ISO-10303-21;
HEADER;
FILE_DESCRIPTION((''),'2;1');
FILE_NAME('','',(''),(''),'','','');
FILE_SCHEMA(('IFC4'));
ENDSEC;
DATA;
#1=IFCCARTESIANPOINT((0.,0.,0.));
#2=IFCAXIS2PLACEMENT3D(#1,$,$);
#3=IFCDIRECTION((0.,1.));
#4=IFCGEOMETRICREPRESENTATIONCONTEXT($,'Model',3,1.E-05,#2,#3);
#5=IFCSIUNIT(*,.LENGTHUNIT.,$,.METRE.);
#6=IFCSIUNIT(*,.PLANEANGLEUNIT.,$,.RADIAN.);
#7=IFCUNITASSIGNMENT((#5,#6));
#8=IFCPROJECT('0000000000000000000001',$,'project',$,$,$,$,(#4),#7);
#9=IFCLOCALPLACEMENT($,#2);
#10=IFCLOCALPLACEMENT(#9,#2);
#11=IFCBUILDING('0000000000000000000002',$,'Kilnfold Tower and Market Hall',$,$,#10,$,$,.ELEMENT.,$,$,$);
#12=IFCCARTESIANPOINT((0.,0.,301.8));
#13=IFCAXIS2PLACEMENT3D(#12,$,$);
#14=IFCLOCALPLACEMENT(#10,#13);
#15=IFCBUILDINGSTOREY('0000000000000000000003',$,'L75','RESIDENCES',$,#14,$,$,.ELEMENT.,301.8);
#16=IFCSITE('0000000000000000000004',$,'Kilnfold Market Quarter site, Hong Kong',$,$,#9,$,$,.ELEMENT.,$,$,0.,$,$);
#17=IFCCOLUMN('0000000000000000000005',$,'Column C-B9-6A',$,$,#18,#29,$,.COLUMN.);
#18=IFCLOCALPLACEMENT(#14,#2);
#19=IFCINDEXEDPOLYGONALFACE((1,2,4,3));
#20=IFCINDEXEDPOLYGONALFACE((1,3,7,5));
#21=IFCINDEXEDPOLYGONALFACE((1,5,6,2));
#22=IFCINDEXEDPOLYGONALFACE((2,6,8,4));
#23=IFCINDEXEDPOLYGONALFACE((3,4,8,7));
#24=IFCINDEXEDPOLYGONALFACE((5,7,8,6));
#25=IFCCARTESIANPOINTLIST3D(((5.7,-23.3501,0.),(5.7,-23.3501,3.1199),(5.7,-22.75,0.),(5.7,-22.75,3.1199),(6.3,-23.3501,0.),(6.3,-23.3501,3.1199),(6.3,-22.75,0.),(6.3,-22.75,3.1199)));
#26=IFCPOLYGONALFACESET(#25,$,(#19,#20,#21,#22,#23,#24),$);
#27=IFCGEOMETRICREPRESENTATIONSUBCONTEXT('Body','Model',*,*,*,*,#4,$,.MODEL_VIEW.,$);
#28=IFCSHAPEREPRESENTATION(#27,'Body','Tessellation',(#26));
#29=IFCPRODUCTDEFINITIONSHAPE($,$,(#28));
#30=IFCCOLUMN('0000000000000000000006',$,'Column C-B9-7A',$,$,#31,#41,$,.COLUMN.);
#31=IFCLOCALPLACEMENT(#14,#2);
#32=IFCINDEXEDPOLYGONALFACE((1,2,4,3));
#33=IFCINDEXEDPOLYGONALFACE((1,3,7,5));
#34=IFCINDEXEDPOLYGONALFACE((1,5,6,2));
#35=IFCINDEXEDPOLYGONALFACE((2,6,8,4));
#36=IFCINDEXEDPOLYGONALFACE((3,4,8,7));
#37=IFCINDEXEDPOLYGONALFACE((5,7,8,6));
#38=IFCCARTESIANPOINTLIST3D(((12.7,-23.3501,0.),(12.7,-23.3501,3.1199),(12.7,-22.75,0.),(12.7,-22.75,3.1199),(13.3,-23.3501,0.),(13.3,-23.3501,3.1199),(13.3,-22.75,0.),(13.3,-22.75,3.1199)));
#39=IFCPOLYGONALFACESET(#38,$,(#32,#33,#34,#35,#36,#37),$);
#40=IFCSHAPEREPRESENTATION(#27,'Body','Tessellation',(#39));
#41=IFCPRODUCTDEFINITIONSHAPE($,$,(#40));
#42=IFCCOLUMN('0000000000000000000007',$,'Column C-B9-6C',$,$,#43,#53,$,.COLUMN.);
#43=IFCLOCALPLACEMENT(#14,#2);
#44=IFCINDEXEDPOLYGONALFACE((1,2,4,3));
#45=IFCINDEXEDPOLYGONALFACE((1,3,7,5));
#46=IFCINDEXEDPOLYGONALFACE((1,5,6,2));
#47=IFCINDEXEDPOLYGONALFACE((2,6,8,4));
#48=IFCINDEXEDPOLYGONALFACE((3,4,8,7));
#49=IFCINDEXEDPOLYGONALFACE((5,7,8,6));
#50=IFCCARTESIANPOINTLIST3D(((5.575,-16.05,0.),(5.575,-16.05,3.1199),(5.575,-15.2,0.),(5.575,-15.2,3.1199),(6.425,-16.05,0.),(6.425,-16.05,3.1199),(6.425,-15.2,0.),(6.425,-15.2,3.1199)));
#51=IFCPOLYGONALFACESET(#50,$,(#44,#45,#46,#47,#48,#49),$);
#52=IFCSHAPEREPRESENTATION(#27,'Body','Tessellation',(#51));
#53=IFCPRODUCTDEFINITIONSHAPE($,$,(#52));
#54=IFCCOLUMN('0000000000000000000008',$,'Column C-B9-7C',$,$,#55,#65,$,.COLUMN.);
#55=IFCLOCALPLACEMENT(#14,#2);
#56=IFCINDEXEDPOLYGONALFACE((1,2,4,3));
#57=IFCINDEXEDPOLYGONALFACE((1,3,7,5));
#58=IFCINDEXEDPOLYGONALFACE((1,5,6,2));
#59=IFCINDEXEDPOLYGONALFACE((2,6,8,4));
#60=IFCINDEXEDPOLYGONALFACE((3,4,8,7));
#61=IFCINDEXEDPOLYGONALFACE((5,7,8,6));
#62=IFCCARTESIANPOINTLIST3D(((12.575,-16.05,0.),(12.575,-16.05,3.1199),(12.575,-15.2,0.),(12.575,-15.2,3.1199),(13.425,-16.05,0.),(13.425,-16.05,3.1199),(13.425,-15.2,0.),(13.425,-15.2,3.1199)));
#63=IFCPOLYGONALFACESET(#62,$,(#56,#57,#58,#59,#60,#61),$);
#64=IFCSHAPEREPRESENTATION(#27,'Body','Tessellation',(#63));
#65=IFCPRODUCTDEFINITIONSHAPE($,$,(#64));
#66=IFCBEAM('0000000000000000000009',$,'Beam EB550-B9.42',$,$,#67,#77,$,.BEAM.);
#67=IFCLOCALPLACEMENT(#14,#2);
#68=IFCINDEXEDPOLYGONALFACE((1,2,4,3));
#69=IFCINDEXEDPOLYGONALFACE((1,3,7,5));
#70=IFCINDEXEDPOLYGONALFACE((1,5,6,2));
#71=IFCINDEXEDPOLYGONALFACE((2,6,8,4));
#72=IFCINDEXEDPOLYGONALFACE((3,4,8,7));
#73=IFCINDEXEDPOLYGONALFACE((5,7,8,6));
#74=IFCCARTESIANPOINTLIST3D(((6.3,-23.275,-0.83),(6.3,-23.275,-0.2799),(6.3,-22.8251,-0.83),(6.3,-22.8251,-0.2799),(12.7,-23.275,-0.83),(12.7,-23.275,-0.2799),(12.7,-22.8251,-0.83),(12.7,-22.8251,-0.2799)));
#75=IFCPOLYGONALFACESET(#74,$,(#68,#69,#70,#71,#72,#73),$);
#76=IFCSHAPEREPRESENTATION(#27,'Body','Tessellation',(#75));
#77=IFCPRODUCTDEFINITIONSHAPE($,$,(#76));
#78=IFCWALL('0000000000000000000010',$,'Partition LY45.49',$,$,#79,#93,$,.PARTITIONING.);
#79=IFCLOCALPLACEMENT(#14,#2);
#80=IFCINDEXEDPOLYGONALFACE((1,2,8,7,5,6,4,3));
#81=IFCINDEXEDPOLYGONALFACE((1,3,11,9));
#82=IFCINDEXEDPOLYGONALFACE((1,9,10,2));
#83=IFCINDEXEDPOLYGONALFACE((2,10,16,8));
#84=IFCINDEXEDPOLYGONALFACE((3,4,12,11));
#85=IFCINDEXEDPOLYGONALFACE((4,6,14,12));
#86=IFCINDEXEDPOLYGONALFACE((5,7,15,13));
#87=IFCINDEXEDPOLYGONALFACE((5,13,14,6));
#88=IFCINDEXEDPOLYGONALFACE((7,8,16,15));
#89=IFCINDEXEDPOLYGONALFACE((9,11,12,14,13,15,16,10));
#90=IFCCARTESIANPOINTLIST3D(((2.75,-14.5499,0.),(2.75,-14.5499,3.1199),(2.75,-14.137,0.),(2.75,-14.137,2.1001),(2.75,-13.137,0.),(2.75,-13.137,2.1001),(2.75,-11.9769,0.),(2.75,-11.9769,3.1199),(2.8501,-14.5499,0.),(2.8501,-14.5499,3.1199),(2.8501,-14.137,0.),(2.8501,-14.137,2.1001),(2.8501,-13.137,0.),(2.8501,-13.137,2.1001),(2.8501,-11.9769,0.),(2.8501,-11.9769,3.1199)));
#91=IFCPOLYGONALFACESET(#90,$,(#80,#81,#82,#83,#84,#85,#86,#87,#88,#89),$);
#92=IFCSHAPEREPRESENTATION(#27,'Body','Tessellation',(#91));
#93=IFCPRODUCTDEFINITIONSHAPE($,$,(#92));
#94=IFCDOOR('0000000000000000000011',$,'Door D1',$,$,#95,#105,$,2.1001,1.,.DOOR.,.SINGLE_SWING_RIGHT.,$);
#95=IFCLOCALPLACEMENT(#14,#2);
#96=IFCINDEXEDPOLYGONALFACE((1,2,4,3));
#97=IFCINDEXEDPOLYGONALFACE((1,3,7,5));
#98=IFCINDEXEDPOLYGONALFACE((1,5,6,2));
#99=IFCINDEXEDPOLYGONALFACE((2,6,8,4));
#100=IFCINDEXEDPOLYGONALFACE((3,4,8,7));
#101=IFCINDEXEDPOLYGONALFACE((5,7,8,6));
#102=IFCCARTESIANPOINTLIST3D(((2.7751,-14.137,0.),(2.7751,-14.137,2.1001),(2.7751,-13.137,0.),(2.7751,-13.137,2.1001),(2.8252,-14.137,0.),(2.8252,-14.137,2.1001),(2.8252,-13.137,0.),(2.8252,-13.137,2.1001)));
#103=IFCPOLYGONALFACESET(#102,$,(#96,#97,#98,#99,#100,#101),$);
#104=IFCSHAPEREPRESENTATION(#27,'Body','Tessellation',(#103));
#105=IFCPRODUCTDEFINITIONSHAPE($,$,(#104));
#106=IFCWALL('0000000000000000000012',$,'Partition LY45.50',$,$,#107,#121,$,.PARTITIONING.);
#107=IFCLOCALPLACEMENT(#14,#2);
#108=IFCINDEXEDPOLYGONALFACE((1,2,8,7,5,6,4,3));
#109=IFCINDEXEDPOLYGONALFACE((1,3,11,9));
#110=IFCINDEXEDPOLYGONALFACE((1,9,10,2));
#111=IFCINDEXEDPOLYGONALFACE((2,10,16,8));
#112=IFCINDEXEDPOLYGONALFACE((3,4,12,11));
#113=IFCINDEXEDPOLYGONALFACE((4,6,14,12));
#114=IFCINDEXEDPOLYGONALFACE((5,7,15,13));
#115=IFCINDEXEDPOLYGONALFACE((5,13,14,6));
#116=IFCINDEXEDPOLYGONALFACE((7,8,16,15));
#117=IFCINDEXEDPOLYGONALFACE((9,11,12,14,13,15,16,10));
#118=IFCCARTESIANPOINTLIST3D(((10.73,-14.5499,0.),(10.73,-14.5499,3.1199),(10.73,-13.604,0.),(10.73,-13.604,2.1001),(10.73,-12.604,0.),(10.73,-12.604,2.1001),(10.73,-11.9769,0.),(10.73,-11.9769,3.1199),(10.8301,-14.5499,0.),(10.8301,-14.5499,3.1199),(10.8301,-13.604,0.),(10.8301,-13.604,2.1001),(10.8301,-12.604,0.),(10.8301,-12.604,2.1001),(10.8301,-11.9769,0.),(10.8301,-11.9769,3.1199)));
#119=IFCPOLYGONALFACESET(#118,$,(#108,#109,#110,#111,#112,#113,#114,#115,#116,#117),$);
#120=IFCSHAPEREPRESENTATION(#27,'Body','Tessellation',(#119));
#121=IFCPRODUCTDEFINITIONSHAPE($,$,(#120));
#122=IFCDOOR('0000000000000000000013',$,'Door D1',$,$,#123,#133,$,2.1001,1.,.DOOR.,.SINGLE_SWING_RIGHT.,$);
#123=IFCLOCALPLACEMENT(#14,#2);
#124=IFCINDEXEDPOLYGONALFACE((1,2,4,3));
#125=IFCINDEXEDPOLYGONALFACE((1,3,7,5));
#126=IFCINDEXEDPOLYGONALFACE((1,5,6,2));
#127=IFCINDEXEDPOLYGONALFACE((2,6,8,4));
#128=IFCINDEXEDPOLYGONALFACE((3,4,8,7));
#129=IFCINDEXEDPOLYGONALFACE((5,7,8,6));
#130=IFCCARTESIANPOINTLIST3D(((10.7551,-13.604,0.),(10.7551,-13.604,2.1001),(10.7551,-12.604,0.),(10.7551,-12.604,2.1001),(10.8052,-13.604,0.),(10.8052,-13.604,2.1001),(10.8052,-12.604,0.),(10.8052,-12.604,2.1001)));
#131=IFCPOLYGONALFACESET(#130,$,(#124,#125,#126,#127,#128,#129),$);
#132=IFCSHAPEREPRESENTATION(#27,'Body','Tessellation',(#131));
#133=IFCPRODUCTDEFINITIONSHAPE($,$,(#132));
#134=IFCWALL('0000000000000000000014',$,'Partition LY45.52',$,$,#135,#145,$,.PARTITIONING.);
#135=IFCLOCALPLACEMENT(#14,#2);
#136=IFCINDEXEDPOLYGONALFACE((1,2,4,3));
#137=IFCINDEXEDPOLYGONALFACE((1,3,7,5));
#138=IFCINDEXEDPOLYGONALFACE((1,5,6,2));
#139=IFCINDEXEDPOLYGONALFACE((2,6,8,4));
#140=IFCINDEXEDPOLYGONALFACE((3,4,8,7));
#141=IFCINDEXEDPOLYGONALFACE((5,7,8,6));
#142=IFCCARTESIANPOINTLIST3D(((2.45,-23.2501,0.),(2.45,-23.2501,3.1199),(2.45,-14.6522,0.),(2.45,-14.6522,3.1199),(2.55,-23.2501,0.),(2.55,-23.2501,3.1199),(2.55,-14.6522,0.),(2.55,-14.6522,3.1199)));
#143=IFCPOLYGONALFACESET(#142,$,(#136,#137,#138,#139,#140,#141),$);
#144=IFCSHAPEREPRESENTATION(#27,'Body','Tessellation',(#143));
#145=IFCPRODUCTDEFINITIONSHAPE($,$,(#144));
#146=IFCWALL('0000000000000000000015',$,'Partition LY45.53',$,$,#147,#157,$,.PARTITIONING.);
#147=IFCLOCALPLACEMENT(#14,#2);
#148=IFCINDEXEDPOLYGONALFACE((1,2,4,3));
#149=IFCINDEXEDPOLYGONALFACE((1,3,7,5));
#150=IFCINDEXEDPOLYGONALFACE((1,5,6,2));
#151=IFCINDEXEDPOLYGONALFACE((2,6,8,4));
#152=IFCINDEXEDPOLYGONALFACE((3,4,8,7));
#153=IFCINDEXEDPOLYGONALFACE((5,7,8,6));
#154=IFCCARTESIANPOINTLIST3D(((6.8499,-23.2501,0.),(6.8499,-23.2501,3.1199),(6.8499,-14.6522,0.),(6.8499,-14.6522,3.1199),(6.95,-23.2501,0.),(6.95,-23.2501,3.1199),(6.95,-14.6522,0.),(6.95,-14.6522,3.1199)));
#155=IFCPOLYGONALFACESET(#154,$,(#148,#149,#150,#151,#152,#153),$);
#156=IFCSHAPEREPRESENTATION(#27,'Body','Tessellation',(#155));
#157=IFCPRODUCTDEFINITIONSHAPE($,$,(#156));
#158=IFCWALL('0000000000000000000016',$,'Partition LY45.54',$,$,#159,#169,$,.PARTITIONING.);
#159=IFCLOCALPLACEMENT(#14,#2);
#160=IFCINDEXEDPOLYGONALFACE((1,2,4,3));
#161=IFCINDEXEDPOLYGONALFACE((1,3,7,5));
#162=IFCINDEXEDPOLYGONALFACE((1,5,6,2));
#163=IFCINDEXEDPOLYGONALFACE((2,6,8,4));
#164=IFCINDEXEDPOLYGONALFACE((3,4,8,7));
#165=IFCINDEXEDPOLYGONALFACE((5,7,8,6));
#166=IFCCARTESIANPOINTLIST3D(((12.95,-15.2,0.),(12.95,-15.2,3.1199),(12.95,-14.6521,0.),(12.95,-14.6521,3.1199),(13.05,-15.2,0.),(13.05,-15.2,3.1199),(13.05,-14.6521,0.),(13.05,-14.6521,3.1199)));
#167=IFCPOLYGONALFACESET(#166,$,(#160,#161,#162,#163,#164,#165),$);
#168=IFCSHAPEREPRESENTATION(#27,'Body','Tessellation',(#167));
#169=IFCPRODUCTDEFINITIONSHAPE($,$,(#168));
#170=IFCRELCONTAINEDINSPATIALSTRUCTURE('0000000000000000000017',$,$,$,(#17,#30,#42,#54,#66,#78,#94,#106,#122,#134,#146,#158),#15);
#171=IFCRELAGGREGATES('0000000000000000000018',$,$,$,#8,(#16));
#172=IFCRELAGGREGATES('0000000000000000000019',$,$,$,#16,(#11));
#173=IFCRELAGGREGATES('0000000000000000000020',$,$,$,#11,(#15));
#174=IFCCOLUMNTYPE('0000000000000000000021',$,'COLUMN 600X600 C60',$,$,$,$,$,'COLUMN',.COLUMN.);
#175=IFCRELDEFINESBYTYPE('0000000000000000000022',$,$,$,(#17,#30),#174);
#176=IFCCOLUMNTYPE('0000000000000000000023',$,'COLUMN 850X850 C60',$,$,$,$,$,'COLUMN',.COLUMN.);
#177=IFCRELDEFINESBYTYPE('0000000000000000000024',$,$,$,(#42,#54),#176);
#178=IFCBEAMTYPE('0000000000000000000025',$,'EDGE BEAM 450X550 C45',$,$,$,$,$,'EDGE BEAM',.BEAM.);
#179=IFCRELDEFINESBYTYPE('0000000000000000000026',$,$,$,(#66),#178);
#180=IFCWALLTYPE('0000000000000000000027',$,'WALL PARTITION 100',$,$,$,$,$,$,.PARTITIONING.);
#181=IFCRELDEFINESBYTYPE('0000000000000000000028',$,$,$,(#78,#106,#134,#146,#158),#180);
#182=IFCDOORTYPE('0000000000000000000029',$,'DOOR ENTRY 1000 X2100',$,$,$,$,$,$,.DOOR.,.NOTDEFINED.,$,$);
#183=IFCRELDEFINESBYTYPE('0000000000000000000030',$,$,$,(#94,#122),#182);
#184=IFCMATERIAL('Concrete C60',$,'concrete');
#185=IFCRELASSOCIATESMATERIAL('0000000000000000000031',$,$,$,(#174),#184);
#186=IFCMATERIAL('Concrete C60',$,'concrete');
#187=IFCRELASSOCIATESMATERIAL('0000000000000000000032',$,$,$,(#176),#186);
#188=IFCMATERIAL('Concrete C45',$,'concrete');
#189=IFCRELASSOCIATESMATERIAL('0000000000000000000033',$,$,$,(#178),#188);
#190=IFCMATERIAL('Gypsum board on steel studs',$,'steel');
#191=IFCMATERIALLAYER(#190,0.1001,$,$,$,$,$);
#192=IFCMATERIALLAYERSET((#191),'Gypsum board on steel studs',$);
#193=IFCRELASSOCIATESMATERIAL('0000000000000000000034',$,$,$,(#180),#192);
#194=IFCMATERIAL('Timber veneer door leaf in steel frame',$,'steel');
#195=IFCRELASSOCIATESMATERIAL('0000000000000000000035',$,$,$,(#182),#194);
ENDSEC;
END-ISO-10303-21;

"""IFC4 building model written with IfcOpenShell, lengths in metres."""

from ifc_helpers import new_model, si_unit, direction, frame, frame_2d, origin, origin_2d, place, context, subcontext, project, spatial, rectangle, extrude, source, transform, mapped, material, layer, layer_set, material_profile, profile_set, type_object, element, fill, save


model = new_model("IFC4")

# Units and contexts
model_context = context("Model", 3, precision=1e-05, world=origin(), true_north=direction((0.0, 1.0)))
body_context = subcontext(model_context, "Body", "Model", "MODEL_VIEW")
ifc_project = project(units=[si_unit("LENGTHUNIT", "METRE"), si_unit("PLANEANGLEUNIT", "RADIAN")], contexts=[model_context])

# Site, building, storey
site_placement = place(None, origin())
site = spatial("IfcSite", under=ifc_project, at=site_placement, Name="Kilnfold Market Quarter site, Hong Kong", CompositionType="ELEMENT", RefElevation=0.0)
building_placement = place(site_placement, origin())
building = spatial("IfcBuilding", under=site, at=building_placement, Name="Kilnfold Tower and Market Hall", CompositionType="ELEMENT")
storey_placement = place(building_placement, frame((0.0, 0.0, 301.8)))
storey = spatial("IfcBuildingStorey", under=building, at=storey_placement, Name="L75", Description="RESIDENCES", CompositionType="ELEMENT", Elevation=301.8)

# Columns
ifc_material_1 = material(Name="Concrete C60", Category="concrete")
ifc_material_profile_1 = material_profile(ifc_material_1, rectangle(XDim=0.6001, YDim=0.6001, at=origin_2d()), Name="RC 600x600")
ifc_profile_set_1 = profile_set([ifc_material_profile_1], Name="Concrete C60")
column_type_1 = type_object("IfcColumnType", Name="COLUMN 600X600 C60", ElementType="COLUMN", PredefinedType="COLUMN", material=ifc_profile_set_1)
shared_shape_1 = source(origin(), body_context, "Body", "SweptSolid", [
    extrude(rectangle(XDim=0.6001, YDim=0.6001, at=origin_2d()), origin(), (0.0, 0.0, 1.0), 3.1199),
])
for number, where, z_axis, x_axis, name in (
    (1, (6.0, -23.05, 0.0), (0.0, 0.0, 1.0), (1.0, 0.0, 0.0), "Column C-B9-6A"),
    (2, (13.0, -23.05, 0.0), (0.0, 0.0, 1.0), (1.0, 0.0, 0.0), "Column C-B9-7A"),
):
    element("IfcColumn", number, at=place(storey_placement, frame(where, z_axis=z_axis, x_axis=x_axis)), inside=storey, type_object=column_type_1, Name=name, PredefinedType="COLUMN", context=body_context, shape_type="MappedRepresentation", body=[
        mapped(shared_shape_1, transform((0.0, 0.0, 0.0))),
    ])
ifc_material_2 = material(Name="Concrete C60", Category="concrete")
ifc_material_profile_2 = material_profile(ifc_material_2, rectangle(XDim=0.8501, YDim=0.8501, at=origin_2d()), Name="RC 850x850")
ifc_profile_set_2 = profile_set([ifc_material_profile_2], Name="Concrete C60")
column_type_2 = type_object("IfcColumnType", Name="COLUMN 850X850 C60", ElementType="COLUMN", PredefinedType="COLUMN", material=ifc_profile_set_2)
shared_shape_2 = source(origin(), body_context, "Body", "SweptSolid", [
    extrude(rectangle(XDim=0.8501, YDim=0.8501, at=origin_2d()), origin(), (0.0, 0.0, 1.0), 3.1199),
])
for number, where, z_axis, x_axis, name in (
    (3, (6.0, -15.625, 0.0), (0.0, 0.0, 1.0), (1.0, 0.0, 0.0), "Column C-B9-6C"),
    (4, (13.0, -15.625, 0.0), (0.0, 0.0, 1.0), (1.0, 0.0, 0.0), "Column C-B9-7C"),
):
    element("IfcColumn", number, at=place(storey_placement, frame(where, z_axis=z_axis, x_axis=x_axis)), inside=storey, type_object=column_type_2, Name=name, PredefinedType="COLUMN", context=body_context, shape_type="MappedRepresentation", body=[
        mapped(shared_shape_2, transform((0.0, 0.0, 0.0))),
    ])

# Beam
ifc_material_3 = material(Name="Concrete C45", Category="concrete")
ifc_material_profile_3 = material_profile(ifc_material_3, rectangle(XDim=0.45, YDim=0.55, at=origin_2d()), Name="RC 450x550")
ifc_profile_set_3 = profile_set([ifc_material_profile_3], Name="Concrete C45")
beam_type = type_object("IfcBeamType", Name="EDGE BEAM 450X550 C45", ElementType="EDGE BEAM", PredefinedType="BEAM", material=ifc_profile_set_3)
shared_shape_3 = source(origin(), body_context, "Body", "SweptSolid", [
    extrude(rectangle(XDim=0.45, YDim=0.55, at=origin_2d()), origin(), (0.0, 0.0, 1.0), 6.3999),
])
beam_placement = place(storey_placement, frame((6.3, -23.05, -0.5549), z_axis=(1.0, 0.0, 0.0), x_axis=(0.0, 1.0, 0.0)))
element("IfcBeam", 5, at=beam_placement, inside=storey, type_object=beam_type, Name="Beam EB550-B9.42", PredefinedType="BEAM", context=body_context, shape_type="MappedRepresentation", body=[
    mapped(shared_shape_3, transform((0.0, 0.0, 0.0))),
])

# Walls, openings, doors
ifc_material_4 = material(Name="Gypsum board on steel studs", Category="steel")
ifc_layer_1 = layer(ifc_material_4, 0.1001)
ifc_layer_set_1 = layer_set([ifc_layer_1], Name="Gypsum board on steel studs")
wall_type_1 = type_object("IfcWallType", Name="WALL PARTITION 100", PredefinedType="PARTITIONING", material=ifc_layer_set_1)
wall_1_placement = place(storey_placement, frame((2.8, -14.55, 0.0), z_axis=(0.0, 0.0, 1.0), x_axis=(0.0, 1.0, 0.0)))
wall_1 = element("IfcWall", 6, at=wall_1_placement, inside=storey, type_object=wall_type_1, Name="Partition LY45.49", PredefinedType="PARTITIONING", context=body_context, shape_type="SweptSolid", body=[
    extrude(rectangle(XDim=2.573, YDim=0.1001, at=frame_2d((1.2866, 0.0))), origin(), (0.0, 0.0, 1.0), 3.1199),
])
opening_1_placement = place(wall_1_placement, frame((0.4131, 0.0, 0.0)))
opening_1 = element("IfcOpeningElement", 7, at=opening_1_placement, cuts=wall_1, PredefinedType="OPENING", context=body_context, shape_type="SweptSolid", body=[
    extrude(rectangle(XDim=1.0, YDim=2.1001, at=frame_2d((0.5, 1.05))), frame((0.0, 0.0601, 0.0), z_axis=(0.0, -1.0, 0.0), x_axis=(1.0, 0.0, 0.0)), (0.0, 0.0, 1.0), 0.1201),
])
ifc_material_5 = material(Name="Timber veneer door leaf in steel frame", Category="steel")
door_type_1 = type_object("IfcDoorType", Name="DOOR ENTRY 1000 X2100", OperationType="NOTDEFINED", PredefinedType="DOOR", material=ifc_material_5)
door_1_placement = place(opening_1_placement, origin())
door_1 = element("IfcDoor", 8, at=door_1_placement, inside=storey, type_object=door_type_1, Name="Door D1", OperationType="SINGLE_SWING_RIGHT", OverallHeight=2.1001, OverallWidth=1.0, PredefinedType="DOOR", context=body_context, shape_type="SweptSolid", body=[
    extrude(rectangle(XDim=1.0, YDim=2.1001, at=frame_2d((0.5, 1.05))), frame((0.0, 0.0249, 0.0), z_axis=(0.0, -1.0, 0.0), x_axis=(1.0, 0.0, 0.0)), (0.0, 0.0, 1.0), 0.05),
])
fill(opening_1, door_1)
wall_2_placement = place(storey_placement, frame((10.78, -14.55, 0.0), z_axis=(0.0, 0.0, 1.0), x_axis=(0.0, 1.0, 0.0)))
wall_2 = element("IfcWall", 9, at=wall_2_placement, inside=storey, type_object=wall_type_1, Name="Partition LY45.50", PredefinedType="PARTITIONING", context=body_context, shape_type="SweptSolid", body=[
    extrude(rectangle(XDim=2.573, YDim=0.1001, at=frame_2d((1.2866, 0.0))), origin(), (0.0, 0.0, 1.0), 3.1199),
])
opening_2_placement = place(wall_2_placement, frame((0.946, 0.0, 0.0)))
opening_2 = element("IfcOpeningElement", 10, at=opening_2_placement, cuts=wall_2, PredefinedType="OPENING", context=body_context, shape_type="SweptSolid", body=[
    extrude(rectangle(XDim=1.0, YDim=2.1001, at=frame_2d((0.5, 1.05))), frame((0.0, 0.0601, 0.0), z_axis=(0.0, -1.0, 0.0), x_axis=(1.0, 0.0, 0.0)), (0.0, 0.0, 1.0), 0.1201),
])
door_2_placement = place(opening_2_placement, origin())
door_2 = element("IfcDoor", 11, at=door_2_placement, inside=storey, type_object=door_type_1, Name="Door D1", OperationType="SINGLE_SWING_RIGHT", OverallHeight=2.1001, OverallWidth=1.0, PredefinedType="DOOR", context=body_context, shape_type="SweptSolid", body=[
    extrude(rectangle(XDim=1.0, YDim=2.1001, at=frame_2d((0.5, 1.05))), frame((0.0, 0.0249, 0.0), z_axis=(0.0, -1.0, 0.0), x_axis=(1.0, 0.0, 0.0)), (0.0, 0.0, 1.0), 0.05),
])
fill(opening_2, door_2)

# Walls
for number, where, z_axis, x_axis, name in (
    (12, (2.5, -23.25, 0.0), (0.0, 0.0, 1.0), (0.0, 1.0, 0.0), "Partition LY45.52"),
    (13, (6.8999, -23.25, 0.0), (0.0, 0.0, 1.0), (0.0, 1.0, 0.0), "Partition LY45.53"),
):
    element("IfcWall", number, at=place(storey_placement, frame(where, z_axis=z_axis, x_axis=x_axis)), inside=storey, type_object=wall_type_1, Name=name, PredefinedType="PARTITIONING", context=body_context, shape_type="SweptSolid", body=[
        extrude(rectangle(XDim=8.5979, YDim=0.1001, at=frame_2d((4.2988, 0.0))), origin(), (0.0, 0.0, 1.0), 3.1199),
    ])
wall_3_placement = place(storey_placement, frame((13.0, -15.2, 0.0), z_axis=(0.0, 0.0, 1.0), x_axis=(0.0, 1.0, 0.0)))
element("IfcWall", 14, at=wall_3_placement, inside=storey, type_object=wall_type_1, Name="Partition LY45.54", PredefinedType="PARTITIONING", context=body_context, shape_type="SweptSolid", body=[
    extrude(rectangle(XDim=0.5479, YDim=0.1001, at=frame_2d((0.2739, 0.0))), origin(), (0.0, 0.0, 1.0), 3.1199),
])

save(model, "model.ifc")
